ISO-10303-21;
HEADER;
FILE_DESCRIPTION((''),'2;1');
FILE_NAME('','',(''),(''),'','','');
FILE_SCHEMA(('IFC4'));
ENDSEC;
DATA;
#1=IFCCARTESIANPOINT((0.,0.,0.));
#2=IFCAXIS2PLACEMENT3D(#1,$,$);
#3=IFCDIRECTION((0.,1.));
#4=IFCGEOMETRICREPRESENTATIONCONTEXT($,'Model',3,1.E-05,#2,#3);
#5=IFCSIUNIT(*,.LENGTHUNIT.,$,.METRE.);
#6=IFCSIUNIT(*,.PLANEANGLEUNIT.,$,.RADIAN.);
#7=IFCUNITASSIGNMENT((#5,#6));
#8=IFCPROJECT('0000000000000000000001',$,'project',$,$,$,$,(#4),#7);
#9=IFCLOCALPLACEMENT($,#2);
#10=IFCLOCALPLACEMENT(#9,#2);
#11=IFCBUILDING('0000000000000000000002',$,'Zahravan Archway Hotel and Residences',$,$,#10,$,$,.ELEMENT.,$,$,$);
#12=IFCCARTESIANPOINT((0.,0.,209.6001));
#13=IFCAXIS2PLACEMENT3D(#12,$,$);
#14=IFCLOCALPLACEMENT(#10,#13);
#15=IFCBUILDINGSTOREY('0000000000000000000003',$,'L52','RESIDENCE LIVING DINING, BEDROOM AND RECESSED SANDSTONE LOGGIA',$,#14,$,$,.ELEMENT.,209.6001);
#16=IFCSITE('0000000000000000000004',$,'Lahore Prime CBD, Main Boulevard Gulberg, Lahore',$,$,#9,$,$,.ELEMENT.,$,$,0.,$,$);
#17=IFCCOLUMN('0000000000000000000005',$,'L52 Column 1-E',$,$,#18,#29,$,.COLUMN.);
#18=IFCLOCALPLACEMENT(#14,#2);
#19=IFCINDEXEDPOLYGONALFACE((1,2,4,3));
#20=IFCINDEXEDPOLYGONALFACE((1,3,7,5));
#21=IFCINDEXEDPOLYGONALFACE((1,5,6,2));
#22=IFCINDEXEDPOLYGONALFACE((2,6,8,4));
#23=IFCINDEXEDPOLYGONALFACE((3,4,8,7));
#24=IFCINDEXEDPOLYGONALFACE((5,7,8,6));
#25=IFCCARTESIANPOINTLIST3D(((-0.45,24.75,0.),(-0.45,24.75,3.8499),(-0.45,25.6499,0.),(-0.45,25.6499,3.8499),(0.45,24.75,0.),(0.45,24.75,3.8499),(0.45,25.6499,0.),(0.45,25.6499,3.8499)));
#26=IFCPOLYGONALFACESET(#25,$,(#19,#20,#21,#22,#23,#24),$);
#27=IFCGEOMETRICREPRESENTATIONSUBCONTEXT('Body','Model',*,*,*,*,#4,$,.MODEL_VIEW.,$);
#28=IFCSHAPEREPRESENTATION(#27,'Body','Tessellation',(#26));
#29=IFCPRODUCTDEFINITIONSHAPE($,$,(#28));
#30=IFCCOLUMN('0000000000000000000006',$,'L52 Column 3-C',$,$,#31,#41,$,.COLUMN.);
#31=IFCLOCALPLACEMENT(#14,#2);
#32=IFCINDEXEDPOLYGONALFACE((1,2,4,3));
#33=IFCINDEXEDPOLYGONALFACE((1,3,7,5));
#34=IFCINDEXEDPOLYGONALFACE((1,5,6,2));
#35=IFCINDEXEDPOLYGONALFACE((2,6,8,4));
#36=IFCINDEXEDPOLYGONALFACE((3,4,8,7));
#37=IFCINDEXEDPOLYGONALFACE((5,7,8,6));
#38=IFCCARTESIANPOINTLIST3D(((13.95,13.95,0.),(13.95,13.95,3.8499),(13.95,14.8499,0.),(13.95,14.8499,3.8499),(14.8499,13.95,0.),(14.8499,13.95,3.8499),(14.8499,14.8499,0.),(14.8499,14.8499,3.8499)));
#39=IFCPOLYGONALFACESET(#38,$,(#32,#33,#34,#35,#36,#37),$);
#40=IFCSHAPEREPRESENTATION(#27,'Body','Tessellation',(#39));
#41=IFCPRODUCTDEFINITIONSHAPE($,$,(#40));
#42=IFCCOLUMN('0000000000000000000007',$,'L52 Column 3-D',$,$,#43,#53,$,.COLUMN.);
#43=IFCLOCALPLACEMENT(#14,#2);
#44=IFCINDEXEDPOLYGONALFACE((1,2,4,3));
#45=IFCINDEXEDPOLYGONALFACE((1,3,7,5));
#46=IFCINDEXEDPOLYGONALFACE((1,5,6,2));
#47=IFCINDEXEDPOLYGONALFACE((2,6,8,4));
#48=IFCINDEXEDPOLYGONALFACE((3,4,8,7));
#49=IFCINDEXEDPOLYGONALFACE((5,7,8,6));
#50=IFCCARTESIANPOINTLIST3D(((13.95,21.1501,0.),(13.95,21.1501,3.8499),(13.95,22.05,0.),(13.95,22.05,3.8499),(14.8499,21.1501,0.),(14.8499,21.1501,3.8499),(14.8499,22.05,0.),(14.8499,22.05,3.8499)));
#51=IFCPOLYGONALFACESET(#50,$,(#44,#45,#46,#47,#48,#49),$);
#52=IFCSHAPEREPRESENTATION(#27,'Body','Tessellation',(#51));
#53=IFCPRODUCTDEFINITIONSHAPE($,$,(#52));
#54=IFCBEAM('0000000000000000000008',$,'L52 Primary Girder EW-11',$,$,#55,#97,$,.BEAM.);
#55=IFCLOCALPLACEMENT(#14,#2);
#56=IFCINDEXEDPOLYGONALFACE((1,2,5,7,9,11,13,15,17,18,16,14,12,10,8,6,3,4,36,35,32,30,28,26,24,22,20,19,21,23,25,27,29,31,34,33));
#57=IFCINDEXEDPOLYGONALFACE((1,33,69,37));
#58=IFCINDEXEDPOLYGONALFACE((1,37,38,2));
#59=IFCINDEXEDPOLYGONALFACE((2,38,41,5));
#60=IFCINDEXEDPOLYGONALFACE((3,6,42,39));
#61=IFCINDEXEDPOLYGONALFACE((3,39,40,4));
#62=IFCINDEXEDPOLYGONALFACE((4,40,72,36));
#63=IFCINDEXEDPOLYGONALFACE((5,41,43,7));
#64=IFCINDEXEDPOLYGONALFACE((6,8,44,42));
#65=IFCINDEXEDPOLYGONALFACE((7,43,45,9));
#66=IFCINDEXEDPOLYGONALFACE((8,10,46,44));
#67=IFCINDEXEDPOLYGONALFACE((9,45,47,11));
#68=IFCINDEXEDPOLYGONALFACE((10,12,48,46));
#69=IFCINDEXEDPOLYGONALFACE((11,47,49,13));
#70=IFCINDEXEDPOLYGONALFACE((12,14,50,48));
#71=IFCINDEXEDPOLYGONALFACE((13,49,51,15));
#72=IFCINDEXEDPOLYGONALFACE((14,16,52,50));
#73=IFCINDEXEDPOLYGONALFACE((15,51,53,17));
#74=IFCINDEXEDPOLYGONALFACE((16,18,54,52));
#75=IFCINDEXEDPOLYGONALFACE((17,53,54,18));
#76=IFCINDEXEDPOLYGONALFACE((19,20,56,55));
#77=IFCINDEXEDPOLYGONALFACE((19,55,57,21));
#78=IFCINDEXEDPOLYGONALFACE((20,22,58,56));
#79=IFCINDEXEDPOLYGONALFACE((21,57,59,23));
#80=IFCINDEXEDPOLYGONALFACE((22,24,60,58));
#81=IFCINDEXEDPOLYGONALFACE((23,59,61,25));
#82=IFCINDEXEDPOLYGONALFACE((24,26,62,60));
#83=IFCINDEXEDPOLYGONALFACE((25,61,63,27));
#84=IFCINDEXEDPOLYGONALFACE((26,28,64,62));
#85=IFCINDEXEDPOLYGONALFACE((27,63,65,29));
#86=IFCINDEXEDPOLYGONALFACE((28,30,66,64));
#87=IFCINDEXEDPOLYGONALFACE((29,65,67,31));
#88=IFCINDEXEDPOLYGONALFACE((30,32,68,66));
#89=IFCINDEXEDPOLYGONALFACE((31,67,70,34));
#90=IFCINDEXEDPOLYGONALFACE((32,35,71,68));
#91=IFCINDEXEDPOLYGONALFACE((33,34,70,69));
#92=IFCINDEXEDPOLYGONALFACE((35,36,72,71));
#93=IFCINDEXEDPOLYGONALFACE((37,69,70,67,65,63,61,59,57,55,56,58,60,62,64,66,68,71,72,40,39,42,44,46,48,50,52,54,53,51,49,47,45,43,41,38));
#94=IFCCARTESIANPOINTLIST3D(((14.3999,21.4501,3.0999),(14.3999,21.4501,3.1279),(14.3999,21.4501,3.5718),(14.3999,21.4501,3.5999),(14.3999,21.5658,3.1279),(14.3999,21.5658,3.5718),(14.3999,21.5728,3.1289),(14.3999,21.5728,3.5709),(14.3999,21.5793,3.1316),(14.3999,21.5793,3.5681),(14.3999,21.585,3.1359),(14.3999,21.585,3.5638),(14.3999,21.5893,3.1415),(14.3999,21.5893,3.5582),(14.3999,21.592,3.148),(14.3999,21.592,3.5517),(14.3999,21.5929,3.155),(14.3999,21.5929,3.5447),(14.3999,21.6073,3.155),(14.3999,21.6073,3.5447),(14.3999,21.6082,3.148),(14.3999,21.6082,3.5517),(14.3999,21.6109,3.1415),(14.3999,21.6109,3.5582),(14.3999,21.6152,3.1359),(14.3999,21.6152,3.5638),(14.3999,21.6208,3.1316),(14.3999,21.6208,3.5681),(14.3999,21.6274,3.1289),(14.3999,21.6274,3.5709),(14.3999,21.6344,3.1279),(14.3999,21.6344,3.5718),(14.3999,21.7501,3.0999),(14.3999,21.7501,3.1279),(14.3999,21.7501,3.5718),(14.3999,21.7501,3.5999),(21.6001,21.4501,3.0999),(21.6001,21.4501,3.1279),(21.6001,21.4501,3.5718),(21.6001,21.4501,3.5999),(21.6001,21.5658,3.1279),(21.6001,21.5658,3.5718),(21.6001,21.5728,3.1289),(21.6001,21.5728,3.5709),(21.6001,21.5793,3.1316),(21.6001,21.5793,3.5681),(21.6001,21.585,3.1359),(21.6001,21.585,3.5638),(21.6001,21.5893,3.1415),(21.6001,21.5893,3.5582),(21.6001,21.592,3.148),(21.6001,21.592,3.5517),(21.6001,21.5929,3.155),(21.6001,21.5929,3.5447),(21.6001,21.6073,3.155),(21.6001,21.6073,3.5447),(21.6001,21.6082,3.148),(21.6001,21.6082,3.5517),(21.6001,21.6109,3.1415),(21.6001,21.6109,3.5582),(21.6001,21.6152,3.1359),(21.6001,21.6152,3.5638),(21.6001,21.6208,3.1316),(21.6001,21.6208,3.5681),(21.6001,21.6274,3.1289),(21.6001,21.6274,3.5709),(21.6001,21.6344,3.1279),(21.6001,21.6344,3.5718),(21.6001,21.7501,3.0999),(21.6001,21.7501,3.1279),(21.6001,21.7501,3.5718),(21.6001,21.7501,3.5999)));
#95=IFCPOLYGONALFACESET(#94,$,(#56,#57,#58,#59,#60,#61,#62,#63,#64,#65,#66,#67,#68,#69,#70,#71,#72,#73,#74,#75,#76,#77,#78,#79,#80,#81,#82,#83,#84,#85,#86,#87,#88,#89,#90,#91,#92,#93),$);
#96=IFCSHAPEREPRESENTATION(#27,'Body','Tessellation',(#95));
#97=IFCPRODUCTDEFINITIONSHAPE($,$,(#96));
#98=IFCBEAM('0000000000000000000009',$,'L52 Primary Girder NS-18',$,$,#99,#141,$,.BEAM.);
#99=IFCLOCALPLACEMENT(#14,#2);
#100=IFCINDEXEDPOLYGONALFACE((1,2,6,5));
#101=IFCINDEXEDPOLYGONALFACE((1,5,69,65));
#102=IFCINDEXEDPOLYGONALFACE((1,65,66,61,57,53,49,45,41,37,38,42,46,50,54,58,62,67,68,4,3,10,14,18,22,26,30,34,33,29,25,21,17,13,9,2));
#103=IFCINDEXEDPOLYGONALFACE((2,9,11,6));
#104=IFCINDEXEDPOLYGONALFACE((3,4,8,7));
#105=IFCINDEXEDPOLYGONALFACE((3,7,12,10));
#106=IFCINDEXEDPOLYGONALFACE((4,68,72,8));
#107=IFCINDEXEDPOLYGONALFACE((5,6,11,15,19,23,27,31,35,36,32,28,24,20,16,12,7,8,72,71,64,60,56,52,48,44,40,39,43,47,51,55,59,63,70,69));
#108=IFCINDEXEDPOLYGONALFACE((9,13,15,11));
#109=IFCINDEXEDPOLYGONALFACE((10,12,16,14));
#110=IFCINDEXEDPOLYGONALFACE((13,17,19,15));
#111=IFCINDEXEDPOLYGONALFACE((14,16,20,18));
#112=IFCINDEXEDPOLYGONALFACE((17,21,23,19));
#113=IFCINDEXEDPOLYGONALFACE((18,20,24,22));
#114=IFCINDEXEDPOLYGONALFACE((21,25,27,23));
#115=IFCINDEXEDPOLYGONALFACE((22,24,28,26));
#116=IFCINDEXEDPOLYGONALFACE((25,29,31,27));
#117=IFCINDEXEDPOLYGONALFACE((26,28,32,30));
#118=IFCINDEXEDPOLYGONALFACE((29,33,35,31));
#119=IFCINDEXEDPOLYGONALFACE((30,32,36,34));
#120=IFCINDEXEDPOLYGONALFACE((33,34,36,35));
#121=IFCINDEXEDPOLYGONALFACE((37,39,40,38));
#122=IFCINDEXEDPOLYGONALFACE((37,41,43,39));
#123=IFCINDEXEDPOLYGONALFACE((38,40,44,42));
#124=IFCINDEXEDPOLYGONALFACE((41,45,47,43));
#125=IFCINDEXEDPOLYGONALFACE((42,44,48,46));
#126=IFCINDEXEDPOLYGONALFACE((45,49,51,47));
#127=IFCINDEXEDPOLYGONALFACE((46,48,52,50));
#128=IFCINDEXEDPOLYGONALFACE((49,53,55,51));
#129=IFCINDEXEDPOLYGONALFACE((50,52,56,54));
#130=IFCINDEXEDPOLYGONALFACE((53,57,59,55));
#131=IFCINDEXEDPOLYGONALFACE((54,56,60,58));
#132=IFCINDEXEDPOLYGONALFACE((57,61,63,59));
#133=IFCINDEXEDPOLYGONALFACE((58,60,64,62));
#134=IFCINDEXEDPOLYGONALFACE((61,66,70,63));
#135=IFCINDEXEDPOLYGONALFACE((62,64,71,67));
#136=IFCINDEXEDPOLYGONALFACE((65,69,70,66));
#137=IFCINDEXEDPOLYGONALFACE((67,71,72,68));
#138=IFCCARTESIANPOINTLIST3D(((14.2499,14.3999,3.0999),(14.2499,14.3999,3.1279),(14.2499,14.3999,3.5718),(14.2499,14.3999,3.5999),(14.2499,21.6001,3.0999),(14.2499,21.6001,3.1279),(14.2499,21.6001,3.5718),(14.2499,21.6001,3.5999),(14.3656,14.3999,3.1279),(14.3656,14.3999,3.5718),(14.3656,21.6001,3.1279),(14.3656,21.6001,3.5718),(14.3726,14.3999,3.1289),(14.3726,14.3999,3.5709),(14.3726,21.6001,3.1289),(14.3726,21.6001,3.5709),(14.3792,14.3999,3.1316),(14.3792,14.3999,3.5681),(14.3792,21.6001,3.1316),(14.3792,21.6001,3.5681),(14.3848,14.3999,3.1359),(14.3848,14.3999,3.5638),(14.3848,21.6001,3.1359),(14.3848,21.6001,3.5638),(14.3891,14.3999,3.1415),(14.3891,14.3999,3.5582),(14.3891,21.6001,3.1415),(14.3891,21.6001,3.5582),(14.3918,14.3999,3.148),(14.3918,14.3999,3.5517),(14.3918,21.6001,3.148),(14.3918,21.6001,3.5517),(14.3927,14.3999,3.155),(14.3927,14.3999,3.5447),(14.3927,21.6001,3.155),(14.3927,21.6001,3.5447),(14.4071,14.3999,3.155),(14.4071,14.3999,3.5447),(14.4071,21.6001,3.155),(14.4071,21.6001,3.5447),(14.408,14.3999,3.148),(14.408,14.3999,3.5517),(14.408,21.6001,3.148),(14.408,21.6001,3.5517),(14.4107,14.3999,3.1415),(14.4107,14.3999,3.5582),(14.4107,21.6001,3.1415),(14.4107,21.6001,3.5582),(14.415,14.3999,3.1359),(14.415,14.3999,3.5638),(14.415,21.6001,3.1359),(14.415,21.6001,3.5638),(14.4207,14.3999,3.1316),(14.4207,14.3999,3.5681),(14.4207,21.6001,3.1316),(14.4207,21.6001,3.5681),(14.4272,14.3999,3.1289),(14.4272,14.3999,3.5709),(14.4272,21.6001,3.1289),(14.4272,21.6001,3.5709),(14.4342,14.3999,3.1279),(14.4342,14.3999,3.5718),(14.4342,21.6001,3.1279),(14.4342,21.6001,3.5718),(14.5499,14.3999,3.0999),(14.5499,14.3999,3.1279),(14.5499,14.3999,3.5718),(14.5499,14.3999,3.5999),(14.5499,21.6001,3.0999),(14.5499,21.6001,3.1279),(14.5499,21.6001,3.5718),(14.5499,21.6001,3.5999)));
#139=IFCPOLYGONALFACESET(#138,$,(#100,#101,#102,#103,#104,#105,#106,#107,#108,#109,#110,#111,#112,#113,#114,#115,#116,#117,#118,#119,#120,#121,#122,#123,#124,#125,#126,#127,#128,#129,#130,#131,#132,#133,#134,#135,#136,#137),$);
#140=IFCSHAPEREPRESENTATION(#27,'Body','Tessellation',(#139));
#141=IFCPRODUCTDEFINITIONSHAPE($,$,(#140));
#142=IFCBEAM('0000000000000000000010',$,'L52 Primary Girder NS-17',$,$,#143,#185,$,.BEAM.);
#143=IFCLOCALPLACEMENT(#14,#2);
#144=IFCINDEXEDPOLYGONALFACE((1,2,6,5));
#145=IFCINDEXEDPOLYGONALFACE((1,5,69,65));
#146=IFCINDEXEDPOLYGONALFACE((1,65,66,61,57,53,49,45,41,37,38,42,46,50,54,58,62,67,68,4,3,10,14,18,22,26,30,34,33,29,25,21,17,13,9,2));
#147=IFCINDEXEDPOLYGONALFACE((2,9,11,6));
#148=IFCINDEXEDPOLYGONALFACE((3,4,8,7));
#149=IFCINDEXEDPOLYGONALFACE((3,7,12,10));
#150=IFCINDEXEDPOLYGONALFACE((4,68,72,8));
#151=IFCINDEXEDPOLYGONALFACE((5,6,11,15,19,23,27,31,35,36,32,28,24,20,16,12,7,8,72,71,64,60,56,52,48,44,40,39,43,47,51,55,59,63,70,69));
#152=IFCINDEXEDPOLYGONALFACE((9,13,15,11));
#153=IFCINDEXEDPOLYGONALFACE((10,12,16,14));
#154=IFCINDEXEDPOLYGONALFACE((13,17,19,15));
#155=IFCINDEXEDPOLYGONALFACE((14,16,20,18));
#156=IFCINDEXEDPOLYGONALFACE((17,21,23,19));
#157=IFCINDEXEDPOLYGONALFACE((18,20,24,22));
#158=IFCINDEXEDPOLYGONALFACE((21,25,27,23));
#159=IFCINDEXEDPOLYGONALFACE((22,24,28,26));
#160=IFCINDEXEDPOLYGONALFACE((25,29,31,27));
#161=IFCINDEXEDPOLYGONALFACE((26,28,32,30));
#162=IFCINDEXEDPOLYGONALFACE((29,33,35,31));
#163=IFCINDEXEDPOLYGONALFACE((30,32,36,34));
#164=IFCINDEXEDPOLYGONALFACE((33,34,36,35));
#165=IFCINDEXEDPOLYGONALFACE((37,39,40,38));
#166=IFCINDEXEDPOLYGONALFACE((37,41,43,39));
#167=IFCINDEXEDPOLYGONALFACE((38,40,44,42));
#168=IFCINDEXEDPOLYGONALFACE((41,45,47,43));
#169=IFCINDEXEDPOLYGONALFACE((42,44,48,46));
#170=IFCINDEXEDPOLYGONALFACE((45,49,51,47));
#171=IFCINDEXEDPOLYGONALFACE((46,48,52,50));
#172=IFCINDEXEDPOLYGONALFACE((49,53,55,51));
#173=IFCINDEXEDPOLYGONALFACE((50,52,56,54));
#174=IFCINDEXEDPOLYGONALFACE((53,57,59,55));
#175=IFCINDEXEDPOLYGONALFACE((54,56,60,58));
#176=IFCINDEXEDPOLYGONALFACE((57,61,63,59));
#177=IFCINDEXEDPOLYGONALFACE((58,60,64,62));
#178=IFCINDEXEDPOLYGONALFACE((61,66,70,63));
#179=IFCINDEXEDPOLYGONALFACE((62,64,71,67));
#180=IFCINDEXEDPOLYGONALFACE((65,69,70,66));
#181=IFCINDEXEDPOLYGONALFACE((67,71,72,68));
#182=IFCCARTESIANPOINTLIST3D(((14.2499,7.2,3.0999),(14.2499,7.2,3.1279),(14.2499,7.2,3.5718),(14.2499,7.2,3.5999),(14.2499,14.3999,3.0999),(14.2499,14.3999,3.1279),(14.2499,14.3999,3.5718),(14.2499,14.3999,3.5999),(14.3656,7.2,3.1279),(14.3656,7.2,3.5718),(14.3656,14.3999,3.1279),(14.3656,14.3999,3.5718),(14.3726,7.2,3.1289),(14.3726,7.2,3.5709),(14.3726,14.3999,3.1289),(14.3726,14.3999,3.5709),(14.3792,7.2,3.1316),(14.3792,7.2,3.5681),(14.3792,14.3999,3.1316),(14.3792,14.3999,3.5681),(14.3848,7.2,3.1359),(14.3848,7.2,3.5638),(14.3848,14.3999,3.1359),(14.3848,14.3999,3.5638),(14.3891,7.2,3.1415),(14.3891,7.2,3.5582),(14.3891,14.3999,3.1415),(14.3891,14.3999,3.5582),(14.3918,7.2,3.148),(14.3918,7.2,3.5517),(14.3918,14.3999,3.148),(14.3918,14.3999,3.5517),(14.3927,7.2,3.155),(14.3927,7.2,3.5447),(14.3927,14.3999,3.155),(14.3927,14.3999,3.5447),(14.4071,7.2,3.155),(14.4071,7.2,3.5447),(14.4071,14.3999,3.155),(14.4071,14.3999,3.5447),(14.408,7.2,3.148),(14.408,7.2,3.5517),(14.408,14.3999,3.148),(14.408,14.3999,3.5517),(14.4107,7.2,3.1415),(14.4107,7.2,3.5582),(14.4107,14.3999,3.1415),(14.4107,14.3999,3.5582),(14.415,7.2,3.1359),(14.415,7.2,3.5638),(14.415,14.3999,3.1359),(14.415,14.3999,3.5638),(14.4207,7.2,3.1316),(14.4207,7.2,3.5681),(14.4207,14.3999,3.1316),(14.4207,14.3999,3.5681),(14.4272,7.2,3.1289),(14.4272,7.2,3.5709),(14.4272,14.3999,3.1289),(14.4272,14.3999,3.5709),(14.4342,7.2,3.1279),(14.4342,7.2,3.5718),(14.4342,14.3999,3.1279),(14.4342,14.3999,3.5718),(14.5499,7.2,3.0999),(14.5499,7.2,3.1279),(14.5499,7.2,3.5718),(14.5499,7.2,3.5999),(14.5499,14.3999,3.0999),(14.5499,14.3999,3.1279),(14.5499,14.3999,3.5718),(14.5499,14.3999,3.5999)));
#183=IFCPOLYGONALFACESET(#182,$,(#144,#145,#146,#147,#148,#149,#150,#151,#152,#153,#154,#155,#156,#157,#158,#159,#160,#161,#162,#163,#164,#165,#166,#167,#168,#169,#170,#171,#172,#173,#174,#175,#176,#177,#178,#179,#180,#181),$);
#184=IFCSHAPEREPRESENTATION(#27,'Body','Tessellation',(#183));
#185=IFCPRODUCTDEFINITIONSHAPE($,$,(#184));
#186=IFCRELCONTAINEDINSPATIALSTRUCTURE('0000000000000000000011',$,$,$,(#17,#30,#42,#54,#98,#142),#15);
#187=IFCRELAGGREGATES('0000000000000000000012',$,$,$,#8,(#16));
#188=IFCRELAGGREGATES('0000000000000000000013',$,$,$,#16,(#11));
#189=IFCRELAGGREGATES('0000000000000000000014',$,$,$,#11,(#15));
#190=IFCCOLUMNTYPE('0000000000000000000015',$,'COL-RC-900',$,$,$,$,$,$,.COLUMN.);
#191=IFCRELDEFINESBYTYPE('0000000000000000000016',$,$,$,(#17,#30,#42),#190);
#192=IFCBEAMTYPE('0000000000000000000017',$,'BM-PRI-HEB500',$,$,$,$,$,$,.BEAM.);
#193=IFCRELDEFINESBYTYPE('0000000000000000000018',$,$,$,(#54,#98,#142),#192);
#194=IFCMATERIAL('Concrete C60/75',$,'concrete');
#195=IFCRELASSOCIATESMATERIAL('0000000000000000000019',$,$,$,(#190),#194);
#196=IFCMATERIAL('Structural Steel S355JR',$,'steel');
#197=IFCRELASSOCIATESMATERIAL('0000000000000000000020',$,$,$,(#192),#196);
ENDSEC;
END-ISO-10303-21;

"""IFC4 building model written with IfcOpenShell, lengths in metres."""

from ifc_helpers import new_model, si_unit, direction, frame, origin, origin_2d, place, context, subcontext, project, spatial, rectangle, i_section, extrude, source, transform, mapped, material, material_profile, profile_set, type_object, type_shapes, element, save


model = new_model("IFC4")

# Units and contexts
model_context = context("Model", 3, precision=1e-05, world=origin(), true_north=direction((0.0, 1.0)))
body_context = subcontext(model_context, "Body", "Model", "MODEL_VIEW")
ifc_project = project(units=[si_unit("LENGTHUNIT", "METRE"), si_unit("PLANEANGLEUNIT", "RADIAN")], contexts=[model_context])

# Site, building, storey
site_placement = place(None, origin())
site = spatial("IfcSite", under=ifc_project, at=site_placement, Name="Lahore Prime CBD, Main Boulevard Gulberg, Lahore", CompositionType="ELEMENT", RefElevation=0.0)
building_placement = place(site_placement, origin())
building = spatial("IfcBuilding", under=site, at=building_placement, Name="Zahravan Archway Hotel and Residences", CompositionType="ELEMENT")
storey_placement = place(building_placement, frame((0.0, 0.0, 209.6001)))
storey = spatial("IfcBuildingStorey", under=building, at=storey_placement, Name="L52", Description="RESIDENCE LIVING DINING, BEDROOM AND RECESSED SANDSTONE LOGGIA", CompositionType="ELEMENT", Elevation=209.6001)

# Columns
ifc_material_1 = material(Name="Concrete C60/75", Category="concrete")
ifc_material_profile_1 = material_profile(ifc_material_1, rectangle(XDim=0.8999, YDim=0.8999, at=origin_2d()), Name="RC-COL-900x900", Category="concrete")
ifc_profile_set_1 = profile_set([ifc_material_profile_1], Name="Concrete C60/75")
column_type = type_object("IfcColumnType", Name="COL-RC-900", PredefinedType="COLUMN", material=ifc_profile_set_1)
shared_shape_1 = source(origin(), body_context, "Body", "SweptSolid", [
    extrude(rectangle(XDim=0.8999, YDim=0.8999, at=origin_2d()), origin(), (0.0, 0.0, 1.0), 3.8499),
])
for number, where, z_axis, x_axis, name in (
    (1, (0.0, 25.2, 0.0), (0.0, 0.0, 1.0), (1.0, 0.0, 0.0), "L52 Column 1-E"),
    (2, (14.3999, 14.3999, 0.0), (0.0, 0.0, 1.0), (1.0, 0.0, 0.0), "L52 Column 3-C"),
    (3, (14.3999, 21.6001, 0.0), (0.0, 0.0, 1.0), (1.0, 0.0, 0.0), "L52 Column 3-D"),
):
    element("IfcColumn", number, at=place(storey_placement, frame(where, z_axis=z_axis, x_axis=x_axis)), inside=storey, type_object=column_type, Name=name, PredefinedType="COLUMN", context=body_context, shape_type="MappedRepresentation", body=[
        mapped(shared_shape_1, transform((0.0, 0.0, 0.0), scale=1.0)),
    ])

# Beams
ifc_material_2 = material(Name="Structural Steel S355JR", Category="steel")
ifc_material_profile_2 = material_profile(ifc_material_2, i_section(OverallWidth=0.3, OverallDepth=0.5, WebThickness=0.0144, FlangeThickness=0.0281, FilletRadius=0.0271, at=origin_2d()), Name="HEB 500", Category="steel")
ifc_profile_set_2 = profile_set([ifc_material_profile_2], Name="Structural Steel S355JR")
beam_type = type_object("IfcBeamType", Name="BM-PRI-HEB500", PredefinedType="BEAM", material=ifc_profile_set_2)
shared_shape_2 = source(origin(), body_context, "Body", "SweptSolid", [
    extrude(i_section(OverallWidth=0.3, OverallDepth=0.5, WebThickness=0.0144, FlangeThickness=0.0281, FilletRadius=0.0271, at=origin_2d()), origin(), (0.0, 0.0, 1.0), 7.2002),
])
type_shapes(beam_type, [shared_shape_2])
for number, where, z_axis, x_axis, name in (
    (4, (14.3999, 21.6001, 3.3499), (1.0, 0.0, 0.0), (0.0, 1.0, 0.0), "L52 Primary Girder EW-11"),
    (5, (14.3999, 14.3999, 3.3499), (0.0, 1.0, 0.0), (-1.0, 0.0, 0.0), "L52 Primary Girder NS-18"),
):
    element("IfcBeam", number, at=place(storey_placement, frame(where, z_axis=z_axis, x_axis=x_axis)), inside=storey, type_object=beam_type, Name=name, PredefinedType="BEAM", context=body_context, shape_type="MappedRepresentation", body=[
        mapped(shared_shape_2, transform((0.0, 0.0, 0.0), scale=1.0)),
    ])
shared_shape_3 = source(origin(), body_context, "Body", "SweptSolid", [
    extrude(i_section(OverallWidth=0.3, OverallDepth=0.5, WebThickness=0.0144, FlangeThickness=0.0281, FilletRadius=0.0271, at=origin_2d()), origin(), (0.0, 0.0, 1.0), 7.2),
])
beam_1_placement = place(storey_placement, frame((14.3999, 7.2, 3.3499), z_axis=(0.0, 1.0, 0.0), x_axis=(-1.0, 0.0, 0.0)))
element("IfcBeam", 6, at=beam_1_placement, inside=storey, type_object=beam_type, Name="L52 Primary Girder NS-17", PredefinedType="BEAM", context=body_context, shape_type="MappedRepresentation", body=[
    mapped(shared_shape_3, transform((0.0, 0.0, 0.0), scale=1.0)),
])

save(model, "model.ifc")
